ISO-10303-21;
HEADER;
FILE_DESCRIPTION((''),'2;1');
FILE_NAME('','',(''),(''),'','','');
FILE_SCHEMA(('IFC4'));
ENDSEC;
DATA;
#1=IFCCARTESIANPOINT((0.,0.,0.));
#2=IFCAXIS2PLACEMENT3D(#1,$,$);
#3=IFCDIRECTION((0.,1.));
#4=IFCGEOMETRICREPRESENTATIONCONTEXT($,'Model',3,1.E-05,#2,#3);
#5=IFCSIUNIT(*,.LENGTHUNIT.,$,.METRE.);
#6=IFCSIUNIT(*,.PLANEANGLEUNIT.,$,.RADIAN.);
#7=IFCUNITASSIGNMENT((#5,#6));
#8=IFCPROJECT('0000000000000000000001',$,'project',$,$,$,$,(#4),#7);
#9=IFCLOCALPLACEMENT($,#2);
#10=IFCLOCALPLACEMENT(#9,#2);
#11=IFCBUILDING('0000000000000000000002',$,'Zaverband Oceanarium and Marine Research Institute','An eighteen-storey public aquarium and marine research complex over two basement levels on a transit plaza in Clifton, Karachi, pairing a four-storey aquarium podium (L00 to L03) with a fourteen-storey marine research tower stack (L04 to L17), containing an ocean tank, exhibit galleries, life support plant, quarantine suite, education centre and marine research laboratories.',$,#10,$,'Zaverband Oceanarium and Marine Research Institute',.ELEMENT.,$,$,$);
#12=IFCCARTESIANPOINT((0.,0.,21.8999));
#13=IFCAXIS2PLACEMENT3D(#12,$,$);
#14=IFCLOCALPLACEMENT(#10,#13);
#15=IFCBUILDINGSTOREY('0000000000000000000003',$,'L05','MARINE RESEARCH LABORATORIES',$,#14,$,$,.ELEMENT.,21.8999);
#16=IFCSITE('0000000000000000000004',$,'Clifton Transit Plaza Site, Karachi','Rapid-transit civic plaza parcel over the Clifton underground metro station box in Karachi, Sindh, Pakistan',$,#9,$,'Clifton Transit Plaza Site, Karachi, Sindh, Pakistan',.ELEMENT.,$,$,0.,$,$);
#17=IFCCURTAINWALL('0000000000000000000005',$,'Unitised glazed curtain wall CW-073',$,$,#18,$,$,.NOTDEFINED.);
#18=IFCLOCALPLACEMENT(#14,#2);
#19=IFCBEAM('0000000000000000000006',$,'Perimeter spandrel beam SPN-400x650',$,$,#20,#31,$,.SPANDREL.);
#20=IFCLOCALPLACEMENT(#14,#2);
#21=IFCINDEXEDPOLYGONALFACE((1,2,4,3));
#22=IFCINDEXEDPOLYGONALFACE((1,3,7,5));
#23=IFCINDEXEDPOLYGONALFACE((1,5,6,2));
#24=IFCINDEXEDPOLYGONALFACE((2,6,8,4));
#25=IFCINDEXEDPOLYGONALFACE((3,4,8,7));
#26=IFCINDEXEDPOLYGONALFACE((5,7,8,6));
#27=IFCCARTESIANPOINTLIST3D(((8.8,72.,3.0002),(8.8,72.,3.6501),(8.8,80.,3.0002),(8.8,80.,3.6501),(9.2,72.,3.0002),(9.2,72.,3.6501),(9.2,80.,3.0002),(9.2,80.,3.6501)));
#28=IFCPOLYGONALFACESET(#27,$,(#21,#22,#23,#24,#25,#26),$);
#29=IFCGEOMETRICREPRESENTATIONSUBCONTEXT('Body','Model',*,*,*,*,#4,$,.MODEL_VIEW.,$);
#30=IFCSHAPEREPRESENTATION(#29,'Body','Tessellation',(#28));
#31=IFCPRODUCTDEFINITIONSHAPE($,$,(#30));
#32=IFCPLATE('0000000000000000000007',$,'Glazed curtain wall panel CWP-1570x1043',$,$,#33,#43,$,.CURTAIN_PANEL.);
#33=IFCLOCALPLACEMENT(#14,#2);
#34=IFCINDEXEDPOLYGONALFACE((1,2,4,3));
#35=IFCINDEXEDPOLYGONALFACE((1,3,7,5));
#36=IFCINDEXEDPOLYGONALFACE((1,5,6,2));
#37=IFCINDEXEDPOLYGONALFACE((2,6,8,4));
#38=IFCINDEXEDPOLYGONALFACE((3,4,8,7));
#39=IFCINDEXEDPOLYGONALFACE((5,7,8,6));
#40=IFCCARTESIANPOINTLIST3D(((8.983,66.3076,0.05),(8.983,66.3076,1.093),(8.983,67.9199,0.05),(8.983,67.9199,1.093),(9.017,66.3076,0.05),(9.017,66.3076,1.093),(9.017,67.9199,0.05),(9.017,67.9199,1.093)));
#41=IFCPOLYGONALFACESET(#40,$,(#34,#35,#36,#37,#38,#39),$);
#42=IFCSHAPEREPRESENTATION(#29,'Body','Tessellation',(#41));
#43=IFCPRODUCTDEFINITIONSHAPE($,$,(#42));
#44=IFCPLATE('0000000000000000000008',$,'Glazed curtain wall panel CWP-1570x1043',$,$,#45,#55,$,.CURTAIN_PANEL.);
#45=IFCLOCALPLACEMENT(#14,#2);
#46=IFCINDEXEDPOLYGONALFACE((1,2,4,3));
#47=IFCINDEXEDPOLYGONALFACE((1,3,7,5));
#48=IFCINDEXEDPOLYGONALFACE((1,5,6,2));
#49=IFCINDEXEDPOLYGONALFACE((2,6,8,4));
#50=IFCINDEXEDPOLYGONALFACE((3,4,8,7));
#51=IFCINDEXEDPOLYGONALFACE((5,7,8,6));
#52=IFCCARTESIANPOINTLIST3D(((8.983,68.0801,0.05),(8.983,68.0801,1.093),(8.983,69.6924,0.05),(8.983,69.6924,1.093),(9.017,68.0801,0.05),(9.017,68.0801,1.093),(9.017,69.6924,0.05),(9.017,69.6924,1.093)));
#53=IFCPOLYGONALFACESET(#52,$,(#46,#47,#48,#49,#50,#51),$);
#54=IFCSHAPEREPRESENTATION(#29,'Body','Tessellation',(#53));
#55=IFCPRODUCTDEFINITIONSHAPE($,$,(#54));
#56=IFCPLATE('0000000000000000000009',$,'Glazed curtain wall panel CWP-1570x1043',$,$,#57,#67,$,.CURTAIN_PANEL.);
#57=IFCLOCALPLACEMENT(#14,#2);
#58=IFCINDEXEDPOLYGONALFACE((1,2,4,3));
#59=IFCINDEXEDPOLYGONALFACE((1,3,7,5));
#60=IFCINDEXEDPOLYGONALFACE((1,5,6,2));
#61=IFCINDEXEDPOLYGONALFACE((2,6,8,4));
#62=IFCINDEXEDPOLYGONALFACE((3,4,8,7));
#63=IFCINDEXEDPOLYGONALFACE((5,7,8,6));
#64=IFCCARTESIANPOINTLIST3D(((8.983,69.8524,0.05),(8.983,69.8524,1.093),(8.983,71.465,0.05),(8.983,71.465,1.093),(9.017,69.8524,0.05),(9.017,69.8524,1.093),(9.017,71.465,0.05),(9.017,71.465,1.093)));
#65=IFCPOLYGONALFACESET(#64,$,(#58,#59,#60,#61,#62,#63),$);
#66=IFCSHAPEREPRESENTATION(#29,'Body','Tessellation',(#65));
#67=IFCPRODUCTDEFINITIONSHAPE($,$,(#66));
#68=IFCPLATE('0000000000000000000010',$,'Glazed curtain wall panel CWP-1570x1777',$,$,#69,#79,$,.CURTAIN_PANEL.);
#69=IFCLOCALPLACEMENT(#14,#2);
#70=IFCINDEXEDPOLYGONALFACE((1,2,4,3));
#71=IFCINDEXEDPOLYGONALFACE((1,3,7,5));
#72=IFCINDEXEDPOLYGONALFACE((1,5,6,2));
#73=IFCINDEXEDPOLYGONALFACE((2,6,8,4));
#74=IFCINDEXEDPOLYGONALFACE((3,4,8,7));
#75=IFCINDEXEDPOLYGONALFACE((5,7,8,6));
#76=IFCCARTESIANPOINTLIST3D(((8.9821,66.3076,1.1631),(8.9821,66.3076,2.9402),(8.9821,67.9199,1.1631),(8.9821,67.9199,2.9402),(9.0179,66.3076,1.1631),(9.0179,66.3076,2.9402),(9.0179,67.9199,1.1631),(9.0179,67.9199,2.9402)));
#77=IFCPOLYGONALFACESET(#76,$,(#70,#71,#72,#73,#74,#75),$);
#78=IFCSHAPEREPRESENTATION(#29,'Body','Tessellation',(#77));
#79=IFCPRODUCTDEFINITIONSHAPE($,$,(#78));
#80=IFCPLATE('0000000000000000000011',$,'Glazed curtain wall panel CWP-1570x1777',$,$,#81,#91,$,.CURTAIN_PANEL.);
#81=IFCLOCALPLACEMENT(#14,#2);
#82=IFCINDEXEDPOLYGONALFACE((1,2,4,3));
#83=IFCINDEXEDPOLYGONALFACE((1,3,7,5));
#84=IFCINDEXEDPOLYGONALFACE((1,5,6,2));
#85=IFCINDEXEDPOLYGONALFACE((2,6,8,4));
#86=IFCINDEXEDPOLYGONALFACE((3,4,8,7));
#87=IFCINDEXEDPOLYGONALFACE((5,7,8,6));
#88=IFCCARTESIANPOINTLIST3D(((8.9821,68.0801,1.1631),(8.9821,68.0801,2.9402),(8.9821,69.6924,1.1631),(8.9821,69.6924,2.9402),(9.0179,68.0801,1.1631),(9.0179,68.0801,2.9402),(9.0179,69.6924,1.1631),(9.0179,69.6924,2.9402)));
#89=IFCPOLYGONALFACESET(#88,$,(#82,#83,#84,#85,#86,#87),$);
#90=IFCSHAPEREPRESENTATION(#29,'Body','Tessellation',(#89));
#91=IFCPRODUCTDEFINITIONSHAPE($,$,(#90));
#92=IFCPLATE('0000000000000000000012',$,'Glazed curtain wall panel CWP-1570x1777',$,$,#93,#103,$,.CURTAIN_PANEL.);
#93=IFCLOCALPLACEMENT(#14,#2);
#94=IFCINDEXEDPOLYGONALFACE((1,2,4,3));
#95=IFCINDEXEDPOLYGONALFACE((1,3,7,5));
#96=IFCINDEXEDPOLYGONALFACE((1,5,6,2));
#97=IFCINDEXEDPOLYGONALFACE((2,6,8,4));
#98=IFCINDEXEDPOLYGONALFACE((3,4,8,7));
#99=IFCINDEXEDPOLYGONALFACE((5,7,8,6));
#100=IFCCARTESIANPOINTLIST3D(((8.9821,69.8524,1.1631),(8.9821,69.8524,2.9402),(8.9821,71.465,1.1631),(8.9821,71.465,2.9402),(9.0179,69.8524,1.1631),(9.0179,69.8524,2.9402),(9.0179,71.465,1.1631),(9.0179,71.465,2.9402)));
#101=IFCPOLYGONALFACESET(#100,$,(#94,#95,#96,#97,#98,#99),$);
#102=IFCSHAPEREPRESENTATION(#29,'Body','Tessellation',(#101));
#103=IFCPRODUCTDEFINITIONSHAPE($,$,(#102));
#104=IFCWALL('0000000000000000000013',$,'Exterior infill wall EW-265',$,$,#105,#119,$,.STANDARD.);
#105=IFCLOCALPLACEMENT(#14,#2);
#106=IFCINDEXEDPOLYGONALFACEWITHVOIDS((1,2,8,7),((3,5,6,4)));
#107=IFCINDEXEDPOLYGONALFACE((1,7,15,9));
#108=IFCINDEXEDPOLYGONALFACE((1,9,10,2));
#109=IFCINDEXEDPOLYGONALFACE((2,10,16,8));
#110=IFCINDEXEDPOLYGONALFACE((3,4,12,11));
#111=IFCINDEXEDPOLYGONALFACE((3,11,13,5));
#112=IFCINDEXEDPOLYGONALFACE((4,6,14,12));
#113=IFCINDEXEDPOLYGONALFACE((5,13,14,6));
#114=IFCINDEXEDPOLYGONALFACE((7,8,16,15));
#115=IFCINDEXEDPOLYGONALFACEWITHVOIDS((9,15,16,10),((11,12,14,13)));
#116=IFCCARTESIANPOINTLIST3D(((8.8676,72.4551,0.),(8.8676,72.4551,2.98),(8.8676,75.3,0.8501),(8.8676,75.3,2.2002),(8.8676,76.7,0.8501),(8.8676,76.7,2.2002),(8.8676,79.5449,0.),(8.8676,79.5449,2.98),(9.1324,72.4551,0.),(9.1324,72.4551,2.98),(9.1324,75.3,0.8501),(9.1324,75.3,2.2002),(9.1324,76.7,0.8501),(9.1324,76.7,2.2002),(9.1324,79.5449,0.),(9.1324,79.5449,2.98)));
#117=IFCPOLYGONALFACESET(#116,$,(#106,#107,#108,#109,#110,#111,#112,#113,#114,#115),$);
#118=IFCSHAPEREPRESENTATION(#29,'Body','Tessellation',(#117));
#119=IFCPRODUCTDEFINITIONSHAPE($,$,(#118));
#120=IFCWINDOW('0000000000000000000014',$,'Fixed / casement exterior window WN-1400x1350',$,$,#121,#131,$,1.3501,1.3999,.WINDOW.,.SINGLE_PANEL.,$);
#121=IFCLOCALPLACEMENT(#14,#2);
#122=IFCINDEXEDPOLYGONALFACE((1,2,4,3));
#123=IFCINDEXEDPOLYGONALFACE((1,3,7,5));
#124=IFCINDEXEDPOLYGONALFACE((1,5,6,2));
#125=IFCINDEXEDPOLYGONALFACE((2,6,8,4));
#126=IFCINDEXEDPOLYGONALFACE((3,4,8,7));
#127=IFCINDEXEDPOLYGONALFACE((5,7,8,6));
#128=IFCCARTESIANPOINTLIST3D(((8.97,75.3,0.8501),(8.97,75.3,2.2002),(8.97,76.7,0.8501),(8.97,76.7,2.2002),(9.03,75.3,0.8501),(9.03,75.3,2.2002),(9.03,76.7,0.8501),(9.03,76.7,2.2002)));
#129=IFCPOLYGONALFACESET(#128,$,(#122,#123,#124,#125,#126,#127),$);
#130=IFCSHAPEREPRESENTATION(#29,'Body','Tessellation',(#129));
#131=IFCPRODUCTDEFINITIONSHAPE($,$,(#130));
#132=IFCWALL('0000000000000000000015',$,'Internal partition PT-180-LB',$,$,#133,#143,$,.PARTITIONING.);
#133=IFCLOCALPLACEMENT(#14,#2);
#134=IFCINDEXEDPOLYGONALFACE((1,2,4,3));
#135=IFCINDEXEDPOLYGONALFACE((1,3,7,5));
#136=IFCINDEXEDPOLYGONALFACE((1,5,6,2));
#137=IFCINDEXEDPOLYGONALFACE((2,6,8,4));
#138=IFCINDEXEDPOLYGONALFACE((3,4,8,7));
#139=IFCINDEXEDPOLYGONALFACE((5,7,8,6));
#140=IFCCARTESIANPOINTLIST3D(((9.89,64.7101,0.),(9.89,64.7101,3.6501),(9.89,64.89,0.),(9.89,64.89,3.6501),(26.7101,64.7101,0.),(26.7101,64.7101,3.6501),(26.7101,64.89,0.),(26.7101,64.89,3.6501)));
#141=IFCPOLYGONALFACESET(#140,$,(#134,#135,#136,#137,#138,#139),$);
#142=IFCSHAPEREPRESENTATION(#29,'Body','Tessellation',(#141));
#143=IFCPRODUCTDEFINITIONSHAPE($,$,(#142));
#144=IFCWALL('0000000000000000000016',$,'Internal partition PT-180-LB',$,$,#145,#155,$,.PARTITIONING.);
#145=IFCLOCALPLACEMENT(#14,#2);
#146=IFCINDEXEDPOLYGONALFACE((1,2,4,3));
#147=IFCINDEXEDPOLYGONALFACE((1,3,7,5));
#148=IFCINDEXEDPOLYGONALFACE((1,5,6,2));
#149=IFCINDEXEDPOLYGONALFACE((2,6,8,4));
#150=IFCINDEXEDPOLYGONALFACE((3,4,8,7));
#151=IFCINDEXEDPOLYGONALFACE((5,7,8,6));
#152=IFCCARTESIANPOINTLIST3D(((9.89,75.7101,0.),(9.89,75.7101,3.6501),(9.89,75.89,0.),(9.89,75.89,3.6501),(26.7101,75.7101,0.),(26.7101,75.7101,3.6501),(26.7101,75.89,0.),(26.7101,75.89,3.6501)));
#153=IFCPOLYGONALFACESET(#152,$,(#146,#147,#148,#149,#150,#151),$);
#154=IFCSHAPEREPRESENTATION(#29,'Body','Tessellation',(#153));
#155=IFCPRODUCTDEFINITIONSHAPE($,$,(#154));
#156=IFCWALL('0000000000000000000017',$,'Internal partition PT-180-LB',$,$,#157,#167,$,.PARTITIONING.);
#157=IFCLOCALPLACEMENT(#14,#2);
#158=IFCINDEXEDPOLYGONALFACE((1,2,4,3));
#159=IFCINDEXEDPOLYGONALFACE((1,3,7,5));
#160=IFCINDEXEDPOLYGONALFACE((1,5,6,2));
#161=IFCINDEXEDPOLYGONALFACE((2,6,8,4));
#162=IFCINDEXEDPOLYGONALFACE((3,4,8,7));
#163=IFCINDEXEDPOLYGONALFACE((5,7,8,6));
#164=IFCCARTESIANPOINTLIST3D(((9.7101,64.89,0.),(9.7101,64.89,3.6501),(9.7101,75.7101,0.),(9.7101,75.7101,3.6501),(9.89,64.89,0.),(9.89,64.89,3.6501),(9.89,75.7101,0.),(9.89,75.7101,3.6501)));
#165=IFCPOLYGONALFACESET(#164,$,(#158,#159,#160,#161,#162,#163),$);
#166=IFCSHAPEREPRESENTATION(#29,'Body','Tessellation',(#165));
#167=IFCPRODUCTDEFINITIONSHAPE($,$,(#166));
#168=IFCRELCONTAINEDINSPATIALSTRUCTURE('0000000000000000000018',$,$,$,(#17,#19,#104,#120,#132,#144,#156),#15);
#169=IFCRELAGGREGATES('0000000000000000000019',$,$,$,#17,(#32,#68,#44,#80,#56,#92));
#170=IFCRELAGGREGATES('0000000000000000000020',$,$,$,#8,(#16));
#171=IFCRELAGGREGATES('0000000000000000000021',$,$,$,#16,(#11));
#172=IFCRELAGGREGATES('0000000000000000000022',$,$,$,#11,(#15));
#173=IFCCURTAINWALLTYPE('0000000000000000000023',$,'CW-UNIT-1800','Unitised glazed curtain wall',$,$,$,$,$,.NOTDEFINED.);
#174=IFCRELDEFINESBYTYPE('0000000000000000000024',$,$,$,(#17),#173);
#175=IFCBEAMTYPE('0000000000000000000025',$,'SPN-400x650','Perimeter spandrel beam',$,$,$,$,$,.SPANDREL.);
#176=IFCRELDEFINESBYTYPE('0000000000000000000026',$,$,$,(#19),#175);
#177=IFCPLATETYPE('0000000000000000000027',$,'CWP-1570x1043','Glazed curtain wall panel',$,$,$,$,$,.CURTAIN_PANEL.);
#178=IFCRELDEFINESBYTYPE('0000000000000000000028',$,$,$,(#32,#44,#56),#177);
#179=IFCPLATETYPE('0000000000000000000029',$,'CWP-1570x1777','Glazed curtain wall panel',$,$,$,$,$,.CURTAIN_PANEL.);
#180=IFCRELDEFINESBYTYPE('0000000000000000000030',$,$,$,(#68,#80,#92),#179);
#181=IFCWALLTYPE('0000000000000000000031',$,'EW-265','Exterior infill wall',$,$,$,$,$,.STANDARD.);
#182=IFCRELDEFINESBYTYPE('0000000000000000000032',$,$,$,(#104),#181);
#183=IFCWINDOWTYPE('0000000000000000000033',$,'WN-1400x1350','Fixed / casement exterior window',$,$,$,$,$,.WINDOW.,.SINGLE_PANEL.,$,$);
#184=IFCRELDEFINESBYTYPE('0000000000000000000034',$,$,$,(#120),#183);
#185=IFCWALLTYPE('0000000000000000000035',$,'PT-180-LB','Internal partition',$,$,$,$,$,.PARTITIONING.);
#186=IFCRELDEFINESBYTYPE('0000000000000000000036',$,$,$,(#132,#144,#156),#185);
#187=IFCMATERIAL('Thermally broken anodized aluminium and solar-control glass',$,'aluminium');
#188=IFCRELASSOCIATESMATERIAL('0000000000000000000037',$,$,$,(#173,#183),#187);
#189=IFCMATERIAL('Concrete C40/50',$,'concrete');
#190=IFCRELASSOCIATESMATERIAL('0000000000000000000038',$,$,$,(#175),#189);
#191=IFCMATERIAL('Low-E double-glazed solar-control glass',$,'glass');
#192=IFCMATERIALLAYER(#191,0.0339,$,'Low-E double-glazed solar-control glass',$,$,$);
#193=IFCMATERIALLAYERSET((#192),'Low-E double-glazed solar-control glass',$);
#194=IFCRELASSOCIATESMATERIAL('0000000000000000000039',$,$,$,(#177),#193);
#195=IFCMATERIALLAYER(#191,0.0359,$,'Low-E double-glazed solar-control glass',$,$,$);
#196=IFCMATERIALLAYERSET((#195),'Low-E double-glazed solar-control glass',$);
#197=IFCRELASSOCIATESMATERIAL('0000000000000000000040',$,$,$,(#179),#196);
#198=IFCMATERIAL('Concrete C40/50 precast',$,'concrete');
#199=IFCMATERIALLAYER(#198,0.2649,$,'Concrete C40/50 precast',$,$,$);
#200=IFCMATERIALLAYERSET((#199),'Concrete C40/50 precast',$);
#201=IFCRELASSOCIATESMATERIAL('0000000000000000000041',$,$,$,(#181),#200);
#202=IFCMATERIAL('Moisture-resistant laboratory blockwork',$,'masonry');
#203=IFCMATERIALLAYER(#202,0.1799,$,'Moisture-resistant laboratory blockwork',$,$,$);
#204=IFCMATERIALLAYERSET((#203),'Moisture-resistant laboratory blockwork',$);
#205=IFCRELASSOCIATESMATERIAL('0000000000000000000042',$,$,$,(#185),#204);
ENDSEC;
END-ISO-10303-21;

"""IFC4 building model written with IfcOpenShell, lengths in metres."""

from ifc_helpers import new_model, si_unit, direction, frame, frame_2d, origin, origin_2d, place, context, subcontext, project, spatial, rectangle, extrude, material, layer, layer_set, material_profile, profile_set, type_object, element, fill, aggregate, save


model = new_model("IFC4")

# Units and contexts
model_context = context("Model", 3, precision=1e-05, world=origin(), true_north=direction((0.0, 1.0)))
body_context = subcontext(model_context, "Body", "Model", "MODEL_VIEW")
ifc_project = project(units=[si_unit("LENGTHUNIT", "METRE"), si_unit("PLANEANGLEUNIT", "RADIAN")], contexts=[model_context])

# Site, building, storey
site_placement = place(None, origin())
site = spatial("IfcSite", under=ifc_project, at=site_placement, Name="Clifton Transit Plaza Site, Karachi", Description="Rapid-transit civic plaza parcel over the Clifton underground metro station box in Karachi, Sindh, Pakistan", LongName="Clifton Transit Plaza Site, Karachi, Sindh, Pakistan", CompositionType="ELEMENT", RefElevation=0.0)
building_placement = place(site_placement, origin())
building = spatial("IfcBuilding", under=site, at=building_placement, Name="Zaverband Oceanarium and Marine Research Institute", Description="An eighteen-storey public aquarium and marine research complex over two basement levels on a transit plaza in Clifton, Karachi, pairing a four-storey aquarium podium (L00 to L03) with a fourteen-storey marine research tower stack (L04 to L17), containing an ocean tank, exhibit galleries, life support plant, quarantine suite, education centre and marine research laboratories.", LongName="Zaverband Oceanarium and Marine Research Institute", CompositionType="ELEMENT")
storey_placement = place(building_placement, frame((0.0, 0.0, 21.8999)))
storey = spatial("IfcBuildingStorey", under=building, at=storey_placement, Name="L05", Description="MARINE RESEARCH LABORATORIES", CompositionType="ELEMENT", Elevation=21.8999)

# Shared definitions
ifc_material_1 = material(Name="Concrete C40/50", Category="concrete")

# Curtain wall
ifc_material_2 = material(Name="Thermally broken anodized aluminium and solar-control glass", Category="aluminium")
curtain_wall_type = type_object("IfcCurtainWallType", Name="CW-UNIT-1800", Description="Unitised glazed curtain wall", PredefinedType="NOTDEFINED", material=ifc_material_2)
curtain_wall_placement = place(storey_placement, origin())
curtain_wall = element("IfcCurtainWall", 1, at=curtain_wall_placement, inside=storey, type_object=curtain_wall_type, Name="Unitised glazed curtain wall CW-073", PredefinedType="NOTDEFINED")

# Beam
ifc_material_profile_1 = material_profile(ifc_material_1, rectangle(XDim=0.3999, YDim=0.6499, at=origin_2d()), Name="RC400x650")
ifc_profile_set_1 = profile_set([ifc_material_profile_1], Name="Concrete C40/50")
beam_type_1 = type_object("IfcBeamType", Name="SPN-400x650", Description="Perimeter spandrel beam", PredefinedType="SPANDREL", material=ifc_profile_set_1)
beam_1_placement = place(storey_placement, frame((9.0, 72.0, 3.3252), z_axis=(0.0, 1.0, 0.0), x_axis=(-1.0, 0.0, 0.0)))
element("IfcBeam", 2, at=beam_1_placement, inside=storey, type_object=beam_type_1, Name="Perimeter spandrel beam SPN-400x650", PredefinedType="SPANDREL", context=body_context, shape_type="SweptSolid", body=[
    extrude(rectangle(XDim=0.3999, YDim=0.6499, at=origin_2d()), origin(), (0.0, 0.0, 1.0), 8.0),
])

# Plates
ifc_material_3 = material(Name="Low-E double-glazed solar-control glass", Category="glass")
ifc_layer_1 = layer(ifc_material_3, 0.0339, Name="Low-E double-glazed solar-control glass")
ifc_layer_set_1 = layer_set([ifc_layer_1], Name="Low-E double-glazed solar-control glass")
plate_type_1 = type_object("IfcPlateType", Name="CWP-1570x1043", Description="Glazed curtain wall panel", PredefinedType="CURTAIN_PANEL", material=ifc_layer_set_1)
plate_1_placement = place(storey_placement, frame((9.0, 66.3076, 0.05), z_axis=(0.0, 0.0, 1.0), x_axis=(0.0, 1.0, 0.0)))
plate_1 = element("IfcPlate", 3, at=plate_1_placement, type_object=plate_type_1, Name="Glazed curtain wall panel CWP-1570x1043", PredefinedType="CURTAIN_PANEL", context=body_context, shape_type="SweptSolid", body=[
    extrude(rectangle(XDim=1.6123, YDim=0.0339, at=frame_2d((0.8062, 0.0))), origin(), (0.0, 0.0, 1.0), 1.043),
])
plate_2_placement = place(storey_placement, frame((9.0, 68.0801, 0.05), z_axis=(0.0, 0.0, 1.0), x_axis=(0.0, 1.0, 0.0)))
plate_2 = element("IfcPlate", 4, at=plate_2_placement, type_object=plate_type_1, Name="Glazed curtain wall panel CWP-1570x1043", PredefinedType="CURTAIN_PANEL", context=body_context, shape_type="SweptSolid", body=[
    extrude(rectangle(XDim=1.6123, YDim=0.0339, at=frame_2d((0.8062, 0.0))), origin(), (0.0, 0.0, 1.0), 1.043),
])
plate_3_placement = place(storey_placement, frame((9.0, 69.8525, 0.05), z_axis=(0.0, 0.0, 1.0), x_axis=(0.0, 1.0, 0.0)))
plate_3 = element("IfcPlate", 5, at=plate_3_placement, type_object=plate_type_1, Name="Glazed curtain wall panel CWP-1570x1043", PredefinedType="CURTAIN_PANEL", context=body_context, shape_type="SweptSolid", body=[
    extrude(rectangle(XDim=1.6125, YDim=0.0339, at=frame_2d((0.8062, 0.0))), origin(), (0.0, 0.0, 1.0), 1.043),
])
ifc_layer_2 = layer(ifc_material_3, 0.0359, Name="Low-E double-glazed solar-control glass")
ifc_layer_set_2 = layer_set([ifc_layer_2], Name="Low-E double-glazed solar-control glass")
plate_type_2 = type_object("IfcPlateType", Name="CWP-1570x1777", Description="Glazed curtain wall panel", PredefinedType="CURTAIN_PANEL", material=ifc_layer_set_2)
plate_4_placement = place(storey_placement, frame((9.0, 66.3076, 1.1631), z_axis=(0.0, 0.0, 1.0), x_axis=(0.0, 1.0, 0.0)))
plate_4 = element("IfcPlate", 6, at=plate_4_placement, type_object=plate_type_2, Name="Glazed curtain wall panel CWP-1570x1777", PredefinedType="CURTAIN_PANEL", context=body_context, shape_type="SweptSolid", body=[
    extrude(rectangle(XDim=1.6123, YDim=0.0359, at=frame_2d((0.8062, 0.0))), origin(), (0.0, 0.0, 1.0), 1.7771),
])
plate_5_placement = place(storey_placement, frame((9.0, 68.0801, 1.1631), z_axis=(0.0, 0.0, 1.0), x_axis=(0.0, 1.0, 0.0)))
plate_5 = element("IfcPlate", 7, at=plate_5_placement, type_object=plate_type_2, Name="Glazed curtain wall panel CWP-1570x1777", PredefinedType="CURTAIN_PANEL", context=body_context, shape_type="SweptSolid", body=[
    extrude(rectangle(XDim=1.6123, YDim=0.0359, at=frame_2d((0.8062, 0.0))), origin(), (0.0, 0.0, 1.0), 1.7771),
])
plate_6_placement = place(storey_placement, frame((9.0, 69.8525, 1.1631), z_axis=(0.0, 0.0, 1.0), x_axis=(0.0, 1.0, 0.0)))
plate_6 = element("IfcPlate", 8, at=plate_6_placement, type_object=plate_type_2, Name="Glazed curtain wall panel CWP-1570x1777", PredefinedType="CURTAIN_PANEL", context=body_context, shape_type="SweptSolid", body=[
    extrude(rectangle(XDim=1.6125, YDim=0.0359, at=frame_2d((0.8062, 0.0))), origin(), (0.0, 0.0, 1.0), 1.7771),
])
aggregate(curtain_wall, [plate_1, plate_4, plate_2, plate_5, plate_3, plate_6])

# Wall, opening, window
ifc_material_4 = material(Name="Concrete C40/50 precast", Category="concrete")
ifc_layer_3 = layer(ifc_material_4, 0.2649, Name="Concrete C40/50 precast")
ifc_layer_set_3 = layer_set([ifc_layer_3], Name="Concrete C40/50 precast")
wall_type_1 = type_object("IfcWallType", Name="EW-265", Description="Exterior infill wall", PredefinedType="STANDARD", material=ifc_layer_set_3)
wall_1_placement = place(storey_placement, frame((9.0, 72.4551, 0.0), z_axis=(0.0, 0.0, 1.0), x_axis=(0.0, 1.0, 0.0)))
wall_1 = element("IfcWall", 9, at=wall_1_placement, inside=storey, type_object=wall_type_1, Name="Exterior infill wall EW-265", PredefinedType="STANDARD", context=body_context, shape_type="SweptSolid", body=[
    extrude(rectangle(XDim=7.0898, YDim=0.2649, at=frame_2d((3.5449, 0.0))), origin(), (0.0, 0.0, 1.0), 2.98),
])
opening_1_placement = place(wall_1_placement, frame((2.845, 0.0, 0.8501)))
opening_1 = element("IfcOpeningElement", 10, at=opening_1_placement, cuts=wall_1, PredefinedType="OPENING", context=body_context, shape_type="SweptSolid", body=[
    extrude(rectangle(XDim=1.3999, YDim=1.3501, at=frame_2d((0.7, 0.675))), frame((0.0, 0.1445, 0.0), z_axis=(0.0, -1.0, 0.0), x_axis=(1.0, 0.0, 0.0)), (0.0, 0.0, 1.0), 0.2888),
])
window_type = type_object("IfcWindowType", Name="WN-1400x1350", Description="Fixed / casement exterior window", PartitioningType="SINGLE_PANEL", PredefinedType="WINDOW", material=ifc_material_2)
window_placement = place(opening_1_placement, origin())
window = element("IfcWindow", 11, at=window_placement, inside=storey, type_object=window_type, Name="Fixed / casement exterior window WN-1400x1350", OverallHeight=1.3501, OverallWidth=1.3999, PartitioningType="SINGLE_PANEL", PredefinedType="WINDOW", context=body_context, shape_type="SweptSolid", body=[
    extrude(rectangle(XDim=1.3999, YDim=1.3501, at=frame_2d((0.7, 0.675))), frame((0.0, 0.03, 0.0), z_axis=(0.0, -1.0, 0.0), x_axis=(1.0, 0.0, 0.0)), (0.0, 0.0, 1.0), 0.0601),
])
fill(opening_1, window)

# Walls
ifc_material_5 = material(Name="Moisture-resistant laboratory blockwork", Category="masonry")
ifc_layer_4 = layer(ifc_material_5, 0.1799, Name="Moisture-resistant laboratory blockwork")
ifc_layer_set_4 = layer_set([ifc_layer_4], Name="Moisture-resistant laboratory blockwork")
wall_type_2 = type_object("IfcWallType", Name="PT-180-LB", Description="Internal partition", PredefinedType="PARTITIONING", material=ifc_layer_set_4)
for number, where, z_axis, x_axis, name in (
    (12, (9.8899, 64.8, 0.0), (0.0, 0.0, 1.0), (1.0, 0.0, 0.0), "Internal partition PT-180-LB"),
    (13, (9.8899, 75.8, 0.0), (0.0, 0.0, 1.0), (1.0, 0.0, 0.0), "Internal partition PT-180-LB"),
):
    element("IfcWall", number, at=place(storey_placement, frame(where, z_axis=z_axis, x_axis=x_axis)), inside=storey, type_object=wall_type_2, Name=name, PredefinedType="PARTITIONING", context=body_context, shape_type="SweptSolid", body=[
        extrude(rectangle(XDim=16.8201, YDim=0.1799, at=frame_2d((8.4102, 0.0))), origin(), (0.0, 0.0, 1.0), 3.6501),
    ])
wall_2_placement = place(storey_placement, frame((9.8, 64.8899, 0.0), z_axis=(0.0, 0.0, 1.0), x_axis=(0.0, 1.0, 0.0)))
element("IfcWall", 14, at=wall_2_placement, inside=storey, type_object=wall_type_2, Name="Internal partition PT-180-LB", PredefinedType="PARTITIONING", context=body_context, shape_type="SweptSolid", body=[
    extrude(rectangle(XDim=10.8201, YDim=0.1799, at=frame_2d((5.4102, 0.0))), origin(), (0.0, 0.0, 1.0), 3.6501),
])

save(model, "model.ifc")
